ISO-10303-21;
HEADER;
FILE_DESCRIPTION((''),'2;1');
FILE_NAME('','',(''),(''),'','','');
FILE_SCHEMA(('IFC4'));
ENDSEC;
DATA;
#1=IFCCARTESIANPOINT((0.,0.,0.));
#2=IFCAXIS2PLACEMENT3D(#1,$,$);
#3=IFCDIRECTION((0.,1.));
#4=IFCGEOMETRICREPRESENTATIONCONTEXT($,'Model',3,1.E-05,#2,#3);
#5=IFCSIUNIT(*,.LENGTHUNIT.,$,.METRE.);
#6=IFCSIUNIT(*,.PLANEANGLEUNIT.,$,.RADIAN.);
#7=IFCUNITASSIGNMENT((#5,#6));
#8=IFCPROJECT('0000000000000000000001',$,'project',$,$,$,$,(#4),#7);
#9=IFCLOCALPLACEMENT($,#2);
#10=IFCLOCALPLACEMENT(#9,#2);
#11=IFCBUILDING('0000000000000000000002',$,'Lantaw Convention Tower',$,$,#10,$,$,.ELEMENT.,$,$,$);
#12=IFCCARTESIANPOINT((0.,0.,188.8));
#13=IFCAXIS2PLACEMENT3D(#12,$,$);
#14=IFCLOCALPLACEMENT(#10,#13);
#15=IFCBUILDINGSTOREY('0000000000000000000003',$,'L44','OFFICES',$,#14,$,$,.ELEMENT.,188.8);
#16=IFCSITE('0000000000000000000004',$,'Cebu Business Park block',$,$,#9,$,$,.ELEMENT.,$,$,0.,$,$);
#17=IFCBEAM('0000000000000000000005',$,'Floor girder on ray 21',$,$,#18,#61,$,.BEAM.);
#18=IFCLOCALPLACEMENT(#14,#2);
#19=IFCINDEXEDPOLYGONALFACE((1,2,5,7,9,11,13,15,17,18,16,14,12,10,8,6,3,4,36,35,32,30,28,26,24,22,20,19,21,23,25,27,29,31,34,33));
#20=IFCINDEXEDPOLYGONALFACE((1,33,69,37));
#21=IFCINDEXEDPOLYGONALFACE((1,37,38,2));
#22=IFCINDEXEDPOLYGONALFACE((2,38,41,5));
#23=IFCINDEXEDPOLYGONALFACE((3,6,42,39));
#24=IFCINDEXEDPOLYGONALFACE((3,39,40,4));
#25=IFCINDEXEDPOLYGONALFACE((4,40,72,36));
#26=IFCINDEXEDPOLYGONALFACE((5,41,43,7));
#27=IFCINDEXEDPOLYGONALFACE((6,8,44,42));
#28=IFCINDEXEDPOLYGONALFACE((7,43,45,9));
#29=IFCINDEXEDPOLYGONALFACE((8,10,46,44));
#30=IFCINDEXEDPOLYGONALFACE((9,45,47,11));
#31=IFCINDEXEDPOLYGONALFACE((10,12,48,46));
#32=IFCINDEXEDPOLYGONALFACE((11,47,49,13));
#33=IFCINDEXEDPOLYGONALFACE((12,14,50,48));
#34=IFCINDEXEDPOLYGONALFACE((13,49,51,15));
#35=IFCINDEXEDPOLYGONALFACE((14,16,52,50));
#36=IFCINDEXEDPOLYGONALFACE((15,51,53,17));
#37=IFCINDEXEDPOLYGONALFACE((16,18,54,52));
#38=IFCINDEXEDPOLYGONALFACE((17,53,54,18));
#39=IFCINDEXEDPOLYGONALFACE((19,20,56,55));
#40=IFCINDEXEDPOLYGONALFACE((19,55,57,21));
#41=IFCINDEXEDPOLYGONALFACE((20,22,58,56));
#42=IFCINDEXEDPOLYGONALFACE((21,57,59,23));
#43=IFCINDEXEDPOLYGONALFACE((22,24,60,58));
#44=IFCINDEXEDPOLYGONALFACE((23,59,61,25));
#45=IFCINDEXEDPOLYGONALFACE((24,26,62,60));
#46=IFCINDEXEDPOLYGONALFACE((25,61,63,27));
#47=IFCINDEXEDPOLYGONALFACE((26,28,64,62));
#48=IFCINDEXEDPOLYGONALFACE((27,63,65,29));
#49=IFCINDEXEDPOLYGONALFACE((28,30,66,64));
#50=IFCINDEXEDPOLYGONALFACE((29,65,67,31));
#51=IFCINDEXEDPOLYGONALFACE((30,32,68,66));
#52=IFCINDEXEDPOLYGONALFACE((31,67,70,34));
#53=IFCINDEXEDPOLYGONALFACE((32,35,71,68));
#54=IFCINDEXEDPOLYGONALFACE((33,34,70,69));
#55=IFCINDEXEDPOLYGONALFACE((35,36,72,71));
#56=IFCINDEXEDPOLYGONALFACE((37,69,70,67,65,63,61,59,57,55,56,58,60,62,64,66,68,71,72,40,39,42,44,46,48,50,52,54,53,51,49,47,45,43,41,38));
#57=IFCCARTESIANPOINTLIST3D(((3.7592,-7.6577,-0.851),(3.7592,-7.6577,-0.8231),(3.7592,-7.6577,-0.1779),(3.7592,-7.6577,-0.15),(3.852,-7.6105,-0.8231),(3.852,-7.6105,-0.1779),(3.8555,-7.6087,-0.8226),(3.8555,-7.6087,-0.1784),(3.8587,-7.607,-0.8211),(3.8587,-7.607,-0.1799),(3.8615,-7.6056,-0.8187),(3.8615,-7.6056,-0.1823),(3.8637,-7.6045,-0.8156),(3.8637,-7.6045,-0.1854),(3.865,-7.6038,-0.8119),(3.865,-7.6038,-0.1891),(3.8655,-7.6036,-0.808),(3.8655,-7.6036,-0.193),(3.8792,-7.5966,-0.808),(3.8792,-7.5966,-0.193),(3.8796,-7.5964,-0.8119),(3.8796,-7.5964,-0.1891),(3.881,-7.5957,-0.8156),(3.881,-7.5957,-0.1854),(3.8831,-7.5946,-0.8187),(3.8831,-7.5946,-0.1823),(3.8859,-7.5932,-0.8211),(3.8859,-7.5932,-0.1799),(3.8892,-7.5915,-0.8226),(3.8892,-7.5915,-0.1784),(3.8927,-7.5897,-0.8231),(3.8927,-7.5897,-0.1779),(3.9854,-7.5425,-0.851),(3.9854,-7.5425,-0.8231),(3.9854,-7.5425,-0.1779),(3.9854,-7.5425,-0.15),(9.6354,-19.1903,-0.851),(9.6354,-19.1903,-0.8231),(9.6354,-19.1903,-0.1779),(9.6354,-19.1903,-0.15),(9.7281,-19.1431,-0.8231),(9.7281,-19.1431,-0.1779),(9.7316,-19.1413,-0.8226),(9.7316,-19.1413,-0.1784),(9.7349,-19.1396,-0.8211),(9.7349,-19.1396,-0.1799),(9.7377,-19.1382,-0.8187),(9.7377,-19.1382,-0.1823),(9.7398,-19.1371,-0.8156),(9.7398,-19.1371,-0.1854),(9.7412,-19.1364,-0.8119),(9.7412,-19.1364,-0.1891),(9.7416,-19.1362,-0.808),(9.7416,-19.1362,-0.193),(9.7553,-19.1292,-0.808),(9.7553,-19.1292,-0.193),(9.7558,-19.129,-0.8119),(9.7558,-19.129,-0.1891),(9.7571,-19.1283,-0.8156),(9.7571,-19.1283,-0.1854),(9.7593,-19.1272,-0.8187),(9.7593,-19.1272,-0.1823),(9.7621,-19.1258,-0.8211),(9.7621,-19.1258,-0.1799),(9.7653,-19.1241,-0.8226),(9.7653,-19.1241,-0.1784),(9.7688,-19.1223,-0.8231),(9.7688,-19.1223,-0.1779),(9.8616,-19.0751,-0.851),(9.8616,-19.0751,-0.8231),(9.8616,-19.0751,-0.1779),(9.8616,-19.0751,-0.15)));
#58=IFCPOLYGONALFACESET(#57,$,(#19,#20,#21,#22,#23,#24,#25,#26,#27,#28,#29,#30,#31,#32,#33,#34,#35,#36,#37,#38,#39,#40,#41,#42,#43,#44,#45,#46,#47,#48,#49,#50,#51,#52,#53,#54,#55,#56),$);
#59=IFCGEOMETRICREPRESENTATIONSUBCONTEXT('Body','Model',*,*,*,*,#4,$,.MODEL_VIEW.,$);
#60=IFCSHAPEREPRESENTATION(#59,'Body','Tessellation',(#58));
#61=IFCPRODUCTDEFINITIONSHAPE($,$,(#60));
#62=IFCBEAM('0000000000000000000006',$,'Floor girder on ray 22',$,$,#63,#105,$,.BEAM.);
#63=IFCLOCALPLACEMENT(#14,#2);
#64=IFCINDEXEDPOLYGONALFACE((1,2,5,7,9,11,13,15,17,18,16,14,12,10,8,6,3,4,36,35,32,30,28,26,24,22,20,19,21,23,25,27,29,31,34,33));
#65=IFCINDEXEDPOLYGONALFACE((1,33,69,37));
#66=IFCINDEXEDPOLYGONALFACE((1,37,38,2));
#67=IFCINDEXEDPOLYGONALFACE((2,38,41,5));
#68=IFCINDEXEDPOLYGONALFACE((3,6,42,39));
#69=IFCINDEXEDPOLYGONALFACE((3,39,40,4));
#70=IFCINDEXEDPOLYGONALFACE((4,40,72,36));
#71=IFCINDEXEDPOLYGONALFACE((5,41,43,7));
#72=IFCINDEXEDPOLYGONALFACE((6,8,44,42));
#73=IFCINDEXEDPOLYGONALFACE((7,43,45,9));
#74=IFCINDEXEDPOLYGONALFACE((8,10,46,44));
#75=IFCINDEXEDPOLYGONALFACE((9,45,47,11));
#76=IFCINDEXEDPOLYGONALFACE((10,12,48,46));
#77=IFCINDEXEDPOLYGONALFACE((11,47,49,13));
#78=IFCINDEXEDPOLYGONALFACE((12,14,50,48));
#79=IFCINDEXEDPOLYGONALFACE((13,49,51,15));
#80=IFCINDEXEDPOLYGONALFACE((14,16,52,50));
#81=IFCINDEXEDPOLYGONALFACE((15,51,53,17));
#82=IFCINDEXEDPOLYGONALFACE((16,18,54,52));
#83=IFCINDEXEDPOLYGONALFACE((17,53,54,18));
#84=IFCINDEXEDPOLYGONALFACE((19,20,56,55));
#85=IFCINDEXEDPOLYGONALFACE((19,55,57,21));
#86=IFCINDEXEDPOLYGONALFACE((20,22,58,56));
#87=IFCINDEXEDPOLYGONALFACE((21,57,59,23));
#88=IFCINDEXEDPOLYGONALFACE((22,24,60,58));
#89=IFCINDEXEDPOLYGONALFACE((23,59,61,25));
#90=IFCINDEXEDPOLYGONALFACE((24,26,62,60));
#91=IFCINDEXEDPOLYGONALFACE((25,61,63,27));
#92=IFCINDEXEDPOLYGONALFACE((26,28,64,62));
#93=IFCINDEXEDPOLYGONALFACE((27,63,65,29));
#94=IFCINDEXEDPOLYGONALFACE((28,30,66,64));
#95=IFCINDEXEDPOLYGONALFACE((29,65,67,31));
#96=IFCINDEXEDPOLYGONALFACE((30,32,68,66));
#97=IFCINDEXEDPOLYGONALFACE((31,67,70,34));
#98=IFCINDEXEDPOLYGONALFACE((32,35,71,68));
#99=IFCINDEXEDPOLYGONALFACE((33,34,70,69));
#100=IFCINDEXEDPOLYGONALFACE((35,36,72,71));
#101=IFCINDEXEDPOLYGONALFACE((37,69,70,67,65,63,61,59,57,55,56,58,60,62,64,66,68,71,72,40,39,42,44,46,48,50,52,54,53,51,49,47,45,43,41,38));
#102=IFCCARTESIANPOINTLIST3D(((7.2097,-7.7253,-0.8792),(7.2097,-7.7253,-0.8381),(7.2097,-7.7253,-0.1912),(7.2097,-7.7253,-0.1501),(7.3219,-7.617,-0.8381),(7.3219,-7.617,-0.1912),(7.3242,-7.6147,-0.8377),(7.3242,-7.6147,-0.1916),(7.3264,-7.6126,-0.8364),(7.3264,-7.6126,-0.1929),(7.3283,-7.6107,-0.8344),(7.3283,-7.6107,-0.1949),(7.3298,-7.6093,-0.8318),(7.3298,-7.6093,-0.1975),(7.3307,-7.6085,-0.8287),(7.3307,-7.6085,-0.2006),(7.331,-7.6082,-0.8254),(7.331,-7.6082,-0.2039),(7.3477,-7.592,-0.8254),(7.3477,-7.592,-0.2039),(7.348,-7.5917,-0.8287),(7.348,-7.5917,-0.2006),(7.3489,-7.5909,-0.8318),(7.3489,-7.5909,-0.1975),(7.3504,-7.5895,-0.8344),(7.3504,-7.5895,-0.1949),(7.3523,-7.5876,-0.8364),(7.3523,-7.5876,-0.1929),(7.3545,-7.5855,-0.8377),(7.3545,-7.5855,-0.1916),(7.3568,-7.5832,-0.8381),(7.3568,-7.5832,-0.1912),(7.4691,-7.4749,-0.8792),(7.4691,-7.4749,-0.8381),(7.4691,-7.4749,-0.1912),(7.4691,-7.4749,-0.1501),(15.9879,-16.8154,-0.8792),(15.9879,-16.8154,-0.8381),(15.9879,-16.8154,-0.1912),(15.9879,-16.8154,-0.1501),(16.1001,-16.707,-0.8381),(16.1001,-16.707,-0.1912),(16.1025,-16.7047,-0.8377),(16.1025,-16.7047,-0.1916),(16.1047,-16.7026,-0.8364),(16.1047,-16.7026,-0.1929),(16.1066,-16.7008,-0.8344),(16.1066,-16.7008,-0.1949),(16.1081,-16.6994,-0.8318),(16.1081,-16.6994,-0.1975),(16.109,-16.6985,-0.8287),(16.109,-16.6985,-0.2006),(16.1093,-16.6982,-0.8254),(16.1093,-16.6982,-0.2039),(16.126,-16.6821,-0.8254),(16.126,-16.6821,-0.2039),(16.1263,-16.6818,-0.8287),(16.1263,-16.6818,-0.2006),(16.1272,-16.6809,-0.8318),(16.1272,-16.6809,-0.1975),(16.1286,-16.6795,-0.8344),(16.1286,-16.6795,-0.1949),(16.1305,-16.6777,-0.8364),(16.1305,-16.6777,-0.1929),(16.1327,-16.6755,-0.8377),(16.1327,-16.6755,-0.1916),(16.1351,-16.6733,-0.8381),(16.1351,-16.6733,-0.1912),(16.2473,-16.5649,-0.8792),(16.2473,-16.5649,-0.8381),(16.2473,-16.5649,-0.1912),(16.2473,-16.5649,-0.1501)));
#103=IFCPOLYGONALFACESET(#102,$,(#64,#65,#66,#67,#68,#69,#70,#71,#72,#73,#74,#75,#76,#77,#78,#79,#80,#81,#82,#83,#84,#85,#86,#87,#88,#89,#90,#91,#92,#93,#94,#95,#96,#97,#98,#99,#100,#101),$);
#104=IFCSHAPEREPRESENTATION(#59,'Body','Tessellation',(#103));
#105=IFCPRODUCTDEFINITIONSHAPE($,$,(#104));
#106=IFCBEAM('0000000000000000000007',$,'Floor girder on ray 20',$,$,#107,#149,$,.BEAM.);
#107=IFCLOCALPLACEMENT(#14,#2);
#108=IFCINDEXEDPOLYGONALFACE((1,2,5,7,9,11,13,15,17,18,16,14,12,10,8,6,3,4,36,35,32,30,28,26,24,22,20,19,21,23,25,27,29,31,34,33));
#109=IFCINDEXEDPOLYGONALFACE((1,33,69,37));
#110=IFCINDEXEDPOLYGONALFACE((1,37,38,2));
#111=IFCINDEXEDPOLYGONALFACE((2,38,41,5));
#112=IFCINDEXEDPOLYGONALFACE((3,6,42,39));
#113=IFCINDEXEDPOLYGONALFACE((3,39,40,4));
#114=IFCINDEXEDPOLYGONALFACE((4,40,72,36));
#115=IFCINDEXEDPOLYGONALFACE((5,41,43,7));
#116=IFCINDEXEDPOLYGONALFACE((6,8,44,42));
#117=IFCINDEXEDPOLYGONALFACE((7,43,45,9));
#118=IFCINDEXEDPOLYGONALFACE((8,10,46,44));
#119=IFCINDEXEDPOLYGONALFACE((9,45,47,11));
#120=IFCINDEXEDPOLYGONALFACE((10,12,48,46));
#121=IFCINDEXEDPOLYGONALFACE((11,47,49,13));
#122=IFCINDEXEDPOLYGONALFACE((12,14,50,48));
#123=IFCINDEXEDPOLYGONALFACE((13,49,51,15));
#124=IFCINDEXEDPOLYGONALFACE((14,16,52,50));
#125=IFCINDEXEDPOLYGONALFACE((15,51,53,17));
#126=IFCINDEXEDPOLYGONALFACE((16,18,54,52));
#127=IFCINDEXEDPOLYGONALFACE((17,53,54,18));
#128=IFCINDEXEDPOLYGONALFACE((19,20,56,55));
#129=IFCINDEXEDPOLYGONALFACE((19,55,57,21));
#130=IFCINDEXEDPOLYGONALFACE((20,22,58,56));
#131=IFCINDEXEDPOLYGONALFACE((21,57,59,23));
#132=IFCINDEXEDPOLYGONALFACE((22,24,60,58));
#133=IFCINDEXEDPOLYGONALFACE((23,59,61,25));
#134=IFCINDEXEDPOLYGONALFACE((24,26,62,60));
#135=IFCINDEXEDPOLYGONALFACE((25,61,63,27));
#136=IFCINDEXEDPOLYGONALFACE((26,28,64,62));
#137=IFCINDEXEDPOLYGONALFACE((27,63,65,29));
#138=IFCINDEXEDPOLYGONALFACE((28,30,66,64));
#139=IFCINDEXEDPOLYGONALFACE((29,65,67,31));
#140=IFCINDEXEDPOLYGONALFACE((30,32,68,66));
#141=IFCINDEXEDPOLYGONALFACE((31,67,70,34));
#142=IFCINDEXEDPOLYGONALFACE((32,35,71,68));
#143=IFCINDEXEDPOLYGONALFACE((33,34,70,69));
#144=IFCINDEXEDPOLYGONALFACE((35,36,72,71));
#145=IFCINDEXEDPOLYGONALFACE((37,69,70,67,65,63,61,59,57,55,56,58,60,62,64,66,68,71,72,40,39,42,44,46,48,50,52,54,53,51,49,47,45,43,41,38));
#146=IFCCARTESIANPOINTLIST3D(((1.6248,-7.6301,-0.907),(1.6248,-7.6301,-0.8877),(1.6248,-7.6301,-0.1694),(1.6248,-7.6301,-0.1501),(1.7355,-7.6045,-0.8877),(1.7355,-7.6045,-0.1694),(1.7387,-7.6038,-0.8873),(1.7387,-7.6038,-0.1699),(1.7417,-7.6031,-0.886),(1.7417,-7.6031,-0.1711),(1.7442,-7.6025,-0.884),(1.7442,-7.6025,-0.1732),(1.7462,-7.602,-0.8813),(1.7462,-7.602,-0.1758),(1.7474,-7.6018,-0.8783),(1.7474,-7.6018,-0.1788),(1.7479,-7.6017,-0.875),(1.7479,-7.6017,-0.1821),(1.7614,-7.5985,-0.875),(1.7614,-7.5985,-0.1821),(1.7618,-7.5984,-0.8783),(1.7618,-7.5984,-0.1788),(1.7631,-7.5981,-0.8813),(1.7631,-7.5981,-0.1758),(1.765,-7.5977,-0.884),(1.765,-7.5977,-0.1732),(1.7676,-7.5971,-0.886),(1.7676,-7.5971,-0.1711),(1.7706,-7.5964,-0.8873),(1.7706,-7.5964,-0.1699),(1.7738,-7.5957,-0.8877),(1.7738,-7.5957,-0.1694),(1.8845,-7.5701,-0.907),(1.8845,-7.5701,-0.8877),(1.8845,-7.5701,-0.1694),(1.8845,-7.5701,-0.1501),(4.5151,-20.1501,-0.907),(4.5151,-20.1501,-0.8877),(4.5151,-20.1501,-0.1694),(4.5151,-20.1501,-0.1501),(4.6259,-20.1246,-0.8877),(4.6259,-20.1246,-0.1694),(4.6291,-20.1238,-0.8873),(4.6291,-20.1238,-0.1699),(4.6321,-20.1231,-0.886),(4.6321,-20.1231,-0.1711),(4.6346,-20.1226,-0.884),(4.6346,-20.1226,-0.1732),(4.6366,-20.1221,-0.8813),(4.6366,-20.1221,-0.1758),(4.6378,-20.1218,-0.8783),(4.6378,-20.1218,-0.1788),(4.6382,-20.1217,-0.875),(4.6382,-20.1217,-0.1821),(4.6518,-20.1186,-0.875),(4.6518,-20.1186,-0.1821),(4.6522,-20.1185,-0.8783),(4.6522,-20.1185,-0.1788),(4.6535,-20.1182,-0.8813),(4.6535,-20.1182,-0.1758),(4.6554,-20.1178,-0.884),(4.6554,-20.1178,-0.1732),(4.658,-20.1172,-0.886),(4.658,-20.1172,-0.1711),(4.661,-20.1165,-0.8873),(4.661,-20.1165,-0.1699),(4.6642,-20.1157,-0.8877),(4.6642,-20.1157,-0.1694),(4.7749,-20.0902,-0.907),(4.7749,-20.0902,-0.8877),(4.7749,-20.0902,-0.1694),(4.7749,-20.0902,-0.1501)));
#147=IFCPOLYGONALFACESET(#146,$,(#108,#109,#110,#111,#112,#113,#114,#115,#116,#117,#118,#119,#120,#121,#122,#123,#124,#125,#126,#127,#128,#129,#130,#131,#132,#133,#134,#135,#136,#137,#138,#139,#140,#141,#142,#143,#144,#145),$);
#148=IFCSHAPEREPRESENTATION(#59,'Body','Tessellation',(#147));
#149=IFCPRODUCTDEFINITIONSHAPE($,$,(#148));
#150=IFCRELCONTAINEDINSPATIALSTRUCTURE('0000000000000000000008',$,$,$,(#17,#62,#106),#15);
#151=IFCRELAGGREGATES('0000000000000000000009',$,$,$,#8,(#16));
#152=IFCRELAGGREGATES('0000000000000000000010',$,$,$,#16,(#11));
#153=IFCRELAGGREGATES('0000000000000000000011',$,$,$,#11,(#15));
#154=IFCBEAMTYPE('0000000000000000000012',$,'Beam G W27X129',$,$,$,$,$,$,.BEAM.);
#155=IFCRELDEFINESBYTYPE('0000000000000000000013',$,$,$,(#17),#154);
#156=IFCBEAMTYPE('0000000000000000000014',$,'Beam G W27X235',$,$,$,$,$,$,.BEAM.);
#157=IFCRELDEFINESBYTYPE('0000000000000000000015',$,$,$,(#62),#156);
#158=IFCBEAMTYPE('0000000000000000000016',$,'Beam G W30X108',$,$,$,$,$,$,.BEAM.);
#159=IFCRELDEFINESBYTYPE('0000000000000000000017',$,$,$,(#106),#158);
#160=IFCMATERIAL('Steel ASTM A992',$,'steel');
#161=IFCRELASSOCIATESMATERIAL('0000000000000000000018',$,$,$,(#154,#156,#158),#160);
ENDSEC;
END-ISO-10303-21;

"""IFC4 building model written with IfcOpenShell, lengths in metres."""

from ifc_helpers import new_model, si_unit, direction, frame, origin, origin_2d, place, context, subcontext, project, spatial, i_section, extrude, material, material_profile, profile_set, type_object, element, save


model = new_model("IFC4")

# Units and contexts
model_context = context("Model", 3, precision=1e-05, world=origin(), true_north=direction((0.0, 1.0)))
body_context = subcontext(model_context, "Body", "Model", "MODEL_VIEW")
ifc_project = project(units=[si_unit("LENGTHUNIT", "METRE"), si_unit("PLANEANGLEUNIT", "RADIAN")], contexts=[model_context])

# Site, building, storey
site_placement = place(None, origin())
site = spatial("IfcSite", under=ifc_project, at=site_placement, Name="Cebu Business Park block", CompositionType="ELEMENT", RefElevation=0.0)
building_placement = place(site_placement, origin())
building = spatial("IfcBuilding", under=site, at=building_placement, Name="Lantaw Convention Tower", CompositionType="ELEMENT")
storey_placement = place(building_placement, frame((0.0, 0.0, 188.8)))
storey = spatial("IfcBuildingStorey", under=building, at=storey_placement, Name="L44", Description="OFFICES", CompositionType="ELEMENT", Elevation=188.8)

# Beams
ifc_material_1 = material(Name="Steel ASTM A992", Category="steel")
ifc_material_profile_1 = material_profile(ifc_material_1, i_section(OverallWidth=0.2539, OverallDepth=0.7009, WebThickness=0.0154, FlangeThickness=0.0278, FilletRadius=0.0151, at=origin_2d()), Name="W27X129")
ifc_profile_set_1 = profile_set([ifc_material_profile_1], Name="Steel ASTM A992")
beam_type_1 = type_object("IfcBeamType", Name="Beam G W27X129", PredefinedType="BEAM", material=ifc_profile_set_1)
beam_1_placement = place(storey_placement, frame((3.8723, -7.6001, -0.5005), z_axis=(0.453991, -0.891006, 0.0), x_axis=(0.891006, 0.453991, 0.0)))
element("IfcBeam", 1, at=beam_1_placement, inside=storey, type_object=beam_type_1, Name="Floor girder on ray 21", PredefinedType="BEAM", context=body_context, shape_type="SweptSolid", body=[
    extrude(i_section(OverallWidth=0.2539, OverallDepth=0.7009, WebThickness=0.0154, FlangeThickness=0.0278, FilletRadius=0.0151, at=origin_2d()), origin(), (0.0, 0.0, 1.0), 12.9434),
])
ifc_material_profile_2 = material_profile(ifc_material_1, i_section(OverallWidth=0.3606, OverallDepth=0.729, WebThickness=0.0232, FlangeThickness=0.041, FilletRadius=0.0127, at=origin_2d()), Name="W27X235")
ifc_profile_set_2 = profile_set([ifc_material_profile_2], Name="Steel ASTM A992")
beam_type_2 = type_object("IfcBeamType", Name="Beam G W27X235", PredefinedType="BEAM", material=ifc_profile_set_2)
beam_2_placement = place(storey_placement, frame((7.3394, -7.6001, -0.5146), z_axis=(0.694663, -0.719335, 0.0), x_axis=(0.719335, 0.694663, 0.0)))
element("IfcBeam", 2, at=beam_2_placement, inside=storey, type_object=beam_type_2, Name="Floor girder on ray 22", PredefinedType="BEAM", context=body_context, shape_type="SweptSolid", body=[
    extrude(i_section(OverallWidth=0.3606, OverallDepth=0.729, WebThickness=0.0232, FlangeThickness=0.041, FilletRadius=0.0127, at=origin_2d()), origin(), (0.0, 0.0, 1.0), 12.6367),
])
ifc_material_profile_3 = material_profile(ifc_material_1, i_section(OverallWidth=0.2666, OverallDepth=0.7568, WebThickness=0.0139, FlangeThickness=0.0193, FilletRadius=0.0127, at=origin_2d()), Name="W30X108")
ifc_profile_set_3 = profile_set([ifc_material_profile_3], Name="Steel ASTM A992")
beam_type_3 = type_object("IfcBeamType", Name="Beam G W30X108", PredefinedType="BEAM", material=ifc_profile_set_3)
beam_3_placement = place(storey_placement, frame((1.7546, -7.6001, -0.5286), z_axis=(0.224944, -0.974372, 0.0), x_axis=(0.974372, 0.224944, 0.0)))
element("IfcBeam", 3, at=beam_3_placement, inside=storey, type_object=beam_type_3, Name="Floor girder on ray 20", PredefinedType="BEAM", context=body_context, shape_type="SweptSolid", body=[
    extrude(i_section(OverallWidth=0.2666, OverallDepth=0.7568, WebThickness=0.0139, FlangeThickness=0.0193, FilletRadius=0.0127, at=origin_2d()), origin(), (0.0, 0.0, 1.0), 12.8494),
])

save(model, "model.ifc")
